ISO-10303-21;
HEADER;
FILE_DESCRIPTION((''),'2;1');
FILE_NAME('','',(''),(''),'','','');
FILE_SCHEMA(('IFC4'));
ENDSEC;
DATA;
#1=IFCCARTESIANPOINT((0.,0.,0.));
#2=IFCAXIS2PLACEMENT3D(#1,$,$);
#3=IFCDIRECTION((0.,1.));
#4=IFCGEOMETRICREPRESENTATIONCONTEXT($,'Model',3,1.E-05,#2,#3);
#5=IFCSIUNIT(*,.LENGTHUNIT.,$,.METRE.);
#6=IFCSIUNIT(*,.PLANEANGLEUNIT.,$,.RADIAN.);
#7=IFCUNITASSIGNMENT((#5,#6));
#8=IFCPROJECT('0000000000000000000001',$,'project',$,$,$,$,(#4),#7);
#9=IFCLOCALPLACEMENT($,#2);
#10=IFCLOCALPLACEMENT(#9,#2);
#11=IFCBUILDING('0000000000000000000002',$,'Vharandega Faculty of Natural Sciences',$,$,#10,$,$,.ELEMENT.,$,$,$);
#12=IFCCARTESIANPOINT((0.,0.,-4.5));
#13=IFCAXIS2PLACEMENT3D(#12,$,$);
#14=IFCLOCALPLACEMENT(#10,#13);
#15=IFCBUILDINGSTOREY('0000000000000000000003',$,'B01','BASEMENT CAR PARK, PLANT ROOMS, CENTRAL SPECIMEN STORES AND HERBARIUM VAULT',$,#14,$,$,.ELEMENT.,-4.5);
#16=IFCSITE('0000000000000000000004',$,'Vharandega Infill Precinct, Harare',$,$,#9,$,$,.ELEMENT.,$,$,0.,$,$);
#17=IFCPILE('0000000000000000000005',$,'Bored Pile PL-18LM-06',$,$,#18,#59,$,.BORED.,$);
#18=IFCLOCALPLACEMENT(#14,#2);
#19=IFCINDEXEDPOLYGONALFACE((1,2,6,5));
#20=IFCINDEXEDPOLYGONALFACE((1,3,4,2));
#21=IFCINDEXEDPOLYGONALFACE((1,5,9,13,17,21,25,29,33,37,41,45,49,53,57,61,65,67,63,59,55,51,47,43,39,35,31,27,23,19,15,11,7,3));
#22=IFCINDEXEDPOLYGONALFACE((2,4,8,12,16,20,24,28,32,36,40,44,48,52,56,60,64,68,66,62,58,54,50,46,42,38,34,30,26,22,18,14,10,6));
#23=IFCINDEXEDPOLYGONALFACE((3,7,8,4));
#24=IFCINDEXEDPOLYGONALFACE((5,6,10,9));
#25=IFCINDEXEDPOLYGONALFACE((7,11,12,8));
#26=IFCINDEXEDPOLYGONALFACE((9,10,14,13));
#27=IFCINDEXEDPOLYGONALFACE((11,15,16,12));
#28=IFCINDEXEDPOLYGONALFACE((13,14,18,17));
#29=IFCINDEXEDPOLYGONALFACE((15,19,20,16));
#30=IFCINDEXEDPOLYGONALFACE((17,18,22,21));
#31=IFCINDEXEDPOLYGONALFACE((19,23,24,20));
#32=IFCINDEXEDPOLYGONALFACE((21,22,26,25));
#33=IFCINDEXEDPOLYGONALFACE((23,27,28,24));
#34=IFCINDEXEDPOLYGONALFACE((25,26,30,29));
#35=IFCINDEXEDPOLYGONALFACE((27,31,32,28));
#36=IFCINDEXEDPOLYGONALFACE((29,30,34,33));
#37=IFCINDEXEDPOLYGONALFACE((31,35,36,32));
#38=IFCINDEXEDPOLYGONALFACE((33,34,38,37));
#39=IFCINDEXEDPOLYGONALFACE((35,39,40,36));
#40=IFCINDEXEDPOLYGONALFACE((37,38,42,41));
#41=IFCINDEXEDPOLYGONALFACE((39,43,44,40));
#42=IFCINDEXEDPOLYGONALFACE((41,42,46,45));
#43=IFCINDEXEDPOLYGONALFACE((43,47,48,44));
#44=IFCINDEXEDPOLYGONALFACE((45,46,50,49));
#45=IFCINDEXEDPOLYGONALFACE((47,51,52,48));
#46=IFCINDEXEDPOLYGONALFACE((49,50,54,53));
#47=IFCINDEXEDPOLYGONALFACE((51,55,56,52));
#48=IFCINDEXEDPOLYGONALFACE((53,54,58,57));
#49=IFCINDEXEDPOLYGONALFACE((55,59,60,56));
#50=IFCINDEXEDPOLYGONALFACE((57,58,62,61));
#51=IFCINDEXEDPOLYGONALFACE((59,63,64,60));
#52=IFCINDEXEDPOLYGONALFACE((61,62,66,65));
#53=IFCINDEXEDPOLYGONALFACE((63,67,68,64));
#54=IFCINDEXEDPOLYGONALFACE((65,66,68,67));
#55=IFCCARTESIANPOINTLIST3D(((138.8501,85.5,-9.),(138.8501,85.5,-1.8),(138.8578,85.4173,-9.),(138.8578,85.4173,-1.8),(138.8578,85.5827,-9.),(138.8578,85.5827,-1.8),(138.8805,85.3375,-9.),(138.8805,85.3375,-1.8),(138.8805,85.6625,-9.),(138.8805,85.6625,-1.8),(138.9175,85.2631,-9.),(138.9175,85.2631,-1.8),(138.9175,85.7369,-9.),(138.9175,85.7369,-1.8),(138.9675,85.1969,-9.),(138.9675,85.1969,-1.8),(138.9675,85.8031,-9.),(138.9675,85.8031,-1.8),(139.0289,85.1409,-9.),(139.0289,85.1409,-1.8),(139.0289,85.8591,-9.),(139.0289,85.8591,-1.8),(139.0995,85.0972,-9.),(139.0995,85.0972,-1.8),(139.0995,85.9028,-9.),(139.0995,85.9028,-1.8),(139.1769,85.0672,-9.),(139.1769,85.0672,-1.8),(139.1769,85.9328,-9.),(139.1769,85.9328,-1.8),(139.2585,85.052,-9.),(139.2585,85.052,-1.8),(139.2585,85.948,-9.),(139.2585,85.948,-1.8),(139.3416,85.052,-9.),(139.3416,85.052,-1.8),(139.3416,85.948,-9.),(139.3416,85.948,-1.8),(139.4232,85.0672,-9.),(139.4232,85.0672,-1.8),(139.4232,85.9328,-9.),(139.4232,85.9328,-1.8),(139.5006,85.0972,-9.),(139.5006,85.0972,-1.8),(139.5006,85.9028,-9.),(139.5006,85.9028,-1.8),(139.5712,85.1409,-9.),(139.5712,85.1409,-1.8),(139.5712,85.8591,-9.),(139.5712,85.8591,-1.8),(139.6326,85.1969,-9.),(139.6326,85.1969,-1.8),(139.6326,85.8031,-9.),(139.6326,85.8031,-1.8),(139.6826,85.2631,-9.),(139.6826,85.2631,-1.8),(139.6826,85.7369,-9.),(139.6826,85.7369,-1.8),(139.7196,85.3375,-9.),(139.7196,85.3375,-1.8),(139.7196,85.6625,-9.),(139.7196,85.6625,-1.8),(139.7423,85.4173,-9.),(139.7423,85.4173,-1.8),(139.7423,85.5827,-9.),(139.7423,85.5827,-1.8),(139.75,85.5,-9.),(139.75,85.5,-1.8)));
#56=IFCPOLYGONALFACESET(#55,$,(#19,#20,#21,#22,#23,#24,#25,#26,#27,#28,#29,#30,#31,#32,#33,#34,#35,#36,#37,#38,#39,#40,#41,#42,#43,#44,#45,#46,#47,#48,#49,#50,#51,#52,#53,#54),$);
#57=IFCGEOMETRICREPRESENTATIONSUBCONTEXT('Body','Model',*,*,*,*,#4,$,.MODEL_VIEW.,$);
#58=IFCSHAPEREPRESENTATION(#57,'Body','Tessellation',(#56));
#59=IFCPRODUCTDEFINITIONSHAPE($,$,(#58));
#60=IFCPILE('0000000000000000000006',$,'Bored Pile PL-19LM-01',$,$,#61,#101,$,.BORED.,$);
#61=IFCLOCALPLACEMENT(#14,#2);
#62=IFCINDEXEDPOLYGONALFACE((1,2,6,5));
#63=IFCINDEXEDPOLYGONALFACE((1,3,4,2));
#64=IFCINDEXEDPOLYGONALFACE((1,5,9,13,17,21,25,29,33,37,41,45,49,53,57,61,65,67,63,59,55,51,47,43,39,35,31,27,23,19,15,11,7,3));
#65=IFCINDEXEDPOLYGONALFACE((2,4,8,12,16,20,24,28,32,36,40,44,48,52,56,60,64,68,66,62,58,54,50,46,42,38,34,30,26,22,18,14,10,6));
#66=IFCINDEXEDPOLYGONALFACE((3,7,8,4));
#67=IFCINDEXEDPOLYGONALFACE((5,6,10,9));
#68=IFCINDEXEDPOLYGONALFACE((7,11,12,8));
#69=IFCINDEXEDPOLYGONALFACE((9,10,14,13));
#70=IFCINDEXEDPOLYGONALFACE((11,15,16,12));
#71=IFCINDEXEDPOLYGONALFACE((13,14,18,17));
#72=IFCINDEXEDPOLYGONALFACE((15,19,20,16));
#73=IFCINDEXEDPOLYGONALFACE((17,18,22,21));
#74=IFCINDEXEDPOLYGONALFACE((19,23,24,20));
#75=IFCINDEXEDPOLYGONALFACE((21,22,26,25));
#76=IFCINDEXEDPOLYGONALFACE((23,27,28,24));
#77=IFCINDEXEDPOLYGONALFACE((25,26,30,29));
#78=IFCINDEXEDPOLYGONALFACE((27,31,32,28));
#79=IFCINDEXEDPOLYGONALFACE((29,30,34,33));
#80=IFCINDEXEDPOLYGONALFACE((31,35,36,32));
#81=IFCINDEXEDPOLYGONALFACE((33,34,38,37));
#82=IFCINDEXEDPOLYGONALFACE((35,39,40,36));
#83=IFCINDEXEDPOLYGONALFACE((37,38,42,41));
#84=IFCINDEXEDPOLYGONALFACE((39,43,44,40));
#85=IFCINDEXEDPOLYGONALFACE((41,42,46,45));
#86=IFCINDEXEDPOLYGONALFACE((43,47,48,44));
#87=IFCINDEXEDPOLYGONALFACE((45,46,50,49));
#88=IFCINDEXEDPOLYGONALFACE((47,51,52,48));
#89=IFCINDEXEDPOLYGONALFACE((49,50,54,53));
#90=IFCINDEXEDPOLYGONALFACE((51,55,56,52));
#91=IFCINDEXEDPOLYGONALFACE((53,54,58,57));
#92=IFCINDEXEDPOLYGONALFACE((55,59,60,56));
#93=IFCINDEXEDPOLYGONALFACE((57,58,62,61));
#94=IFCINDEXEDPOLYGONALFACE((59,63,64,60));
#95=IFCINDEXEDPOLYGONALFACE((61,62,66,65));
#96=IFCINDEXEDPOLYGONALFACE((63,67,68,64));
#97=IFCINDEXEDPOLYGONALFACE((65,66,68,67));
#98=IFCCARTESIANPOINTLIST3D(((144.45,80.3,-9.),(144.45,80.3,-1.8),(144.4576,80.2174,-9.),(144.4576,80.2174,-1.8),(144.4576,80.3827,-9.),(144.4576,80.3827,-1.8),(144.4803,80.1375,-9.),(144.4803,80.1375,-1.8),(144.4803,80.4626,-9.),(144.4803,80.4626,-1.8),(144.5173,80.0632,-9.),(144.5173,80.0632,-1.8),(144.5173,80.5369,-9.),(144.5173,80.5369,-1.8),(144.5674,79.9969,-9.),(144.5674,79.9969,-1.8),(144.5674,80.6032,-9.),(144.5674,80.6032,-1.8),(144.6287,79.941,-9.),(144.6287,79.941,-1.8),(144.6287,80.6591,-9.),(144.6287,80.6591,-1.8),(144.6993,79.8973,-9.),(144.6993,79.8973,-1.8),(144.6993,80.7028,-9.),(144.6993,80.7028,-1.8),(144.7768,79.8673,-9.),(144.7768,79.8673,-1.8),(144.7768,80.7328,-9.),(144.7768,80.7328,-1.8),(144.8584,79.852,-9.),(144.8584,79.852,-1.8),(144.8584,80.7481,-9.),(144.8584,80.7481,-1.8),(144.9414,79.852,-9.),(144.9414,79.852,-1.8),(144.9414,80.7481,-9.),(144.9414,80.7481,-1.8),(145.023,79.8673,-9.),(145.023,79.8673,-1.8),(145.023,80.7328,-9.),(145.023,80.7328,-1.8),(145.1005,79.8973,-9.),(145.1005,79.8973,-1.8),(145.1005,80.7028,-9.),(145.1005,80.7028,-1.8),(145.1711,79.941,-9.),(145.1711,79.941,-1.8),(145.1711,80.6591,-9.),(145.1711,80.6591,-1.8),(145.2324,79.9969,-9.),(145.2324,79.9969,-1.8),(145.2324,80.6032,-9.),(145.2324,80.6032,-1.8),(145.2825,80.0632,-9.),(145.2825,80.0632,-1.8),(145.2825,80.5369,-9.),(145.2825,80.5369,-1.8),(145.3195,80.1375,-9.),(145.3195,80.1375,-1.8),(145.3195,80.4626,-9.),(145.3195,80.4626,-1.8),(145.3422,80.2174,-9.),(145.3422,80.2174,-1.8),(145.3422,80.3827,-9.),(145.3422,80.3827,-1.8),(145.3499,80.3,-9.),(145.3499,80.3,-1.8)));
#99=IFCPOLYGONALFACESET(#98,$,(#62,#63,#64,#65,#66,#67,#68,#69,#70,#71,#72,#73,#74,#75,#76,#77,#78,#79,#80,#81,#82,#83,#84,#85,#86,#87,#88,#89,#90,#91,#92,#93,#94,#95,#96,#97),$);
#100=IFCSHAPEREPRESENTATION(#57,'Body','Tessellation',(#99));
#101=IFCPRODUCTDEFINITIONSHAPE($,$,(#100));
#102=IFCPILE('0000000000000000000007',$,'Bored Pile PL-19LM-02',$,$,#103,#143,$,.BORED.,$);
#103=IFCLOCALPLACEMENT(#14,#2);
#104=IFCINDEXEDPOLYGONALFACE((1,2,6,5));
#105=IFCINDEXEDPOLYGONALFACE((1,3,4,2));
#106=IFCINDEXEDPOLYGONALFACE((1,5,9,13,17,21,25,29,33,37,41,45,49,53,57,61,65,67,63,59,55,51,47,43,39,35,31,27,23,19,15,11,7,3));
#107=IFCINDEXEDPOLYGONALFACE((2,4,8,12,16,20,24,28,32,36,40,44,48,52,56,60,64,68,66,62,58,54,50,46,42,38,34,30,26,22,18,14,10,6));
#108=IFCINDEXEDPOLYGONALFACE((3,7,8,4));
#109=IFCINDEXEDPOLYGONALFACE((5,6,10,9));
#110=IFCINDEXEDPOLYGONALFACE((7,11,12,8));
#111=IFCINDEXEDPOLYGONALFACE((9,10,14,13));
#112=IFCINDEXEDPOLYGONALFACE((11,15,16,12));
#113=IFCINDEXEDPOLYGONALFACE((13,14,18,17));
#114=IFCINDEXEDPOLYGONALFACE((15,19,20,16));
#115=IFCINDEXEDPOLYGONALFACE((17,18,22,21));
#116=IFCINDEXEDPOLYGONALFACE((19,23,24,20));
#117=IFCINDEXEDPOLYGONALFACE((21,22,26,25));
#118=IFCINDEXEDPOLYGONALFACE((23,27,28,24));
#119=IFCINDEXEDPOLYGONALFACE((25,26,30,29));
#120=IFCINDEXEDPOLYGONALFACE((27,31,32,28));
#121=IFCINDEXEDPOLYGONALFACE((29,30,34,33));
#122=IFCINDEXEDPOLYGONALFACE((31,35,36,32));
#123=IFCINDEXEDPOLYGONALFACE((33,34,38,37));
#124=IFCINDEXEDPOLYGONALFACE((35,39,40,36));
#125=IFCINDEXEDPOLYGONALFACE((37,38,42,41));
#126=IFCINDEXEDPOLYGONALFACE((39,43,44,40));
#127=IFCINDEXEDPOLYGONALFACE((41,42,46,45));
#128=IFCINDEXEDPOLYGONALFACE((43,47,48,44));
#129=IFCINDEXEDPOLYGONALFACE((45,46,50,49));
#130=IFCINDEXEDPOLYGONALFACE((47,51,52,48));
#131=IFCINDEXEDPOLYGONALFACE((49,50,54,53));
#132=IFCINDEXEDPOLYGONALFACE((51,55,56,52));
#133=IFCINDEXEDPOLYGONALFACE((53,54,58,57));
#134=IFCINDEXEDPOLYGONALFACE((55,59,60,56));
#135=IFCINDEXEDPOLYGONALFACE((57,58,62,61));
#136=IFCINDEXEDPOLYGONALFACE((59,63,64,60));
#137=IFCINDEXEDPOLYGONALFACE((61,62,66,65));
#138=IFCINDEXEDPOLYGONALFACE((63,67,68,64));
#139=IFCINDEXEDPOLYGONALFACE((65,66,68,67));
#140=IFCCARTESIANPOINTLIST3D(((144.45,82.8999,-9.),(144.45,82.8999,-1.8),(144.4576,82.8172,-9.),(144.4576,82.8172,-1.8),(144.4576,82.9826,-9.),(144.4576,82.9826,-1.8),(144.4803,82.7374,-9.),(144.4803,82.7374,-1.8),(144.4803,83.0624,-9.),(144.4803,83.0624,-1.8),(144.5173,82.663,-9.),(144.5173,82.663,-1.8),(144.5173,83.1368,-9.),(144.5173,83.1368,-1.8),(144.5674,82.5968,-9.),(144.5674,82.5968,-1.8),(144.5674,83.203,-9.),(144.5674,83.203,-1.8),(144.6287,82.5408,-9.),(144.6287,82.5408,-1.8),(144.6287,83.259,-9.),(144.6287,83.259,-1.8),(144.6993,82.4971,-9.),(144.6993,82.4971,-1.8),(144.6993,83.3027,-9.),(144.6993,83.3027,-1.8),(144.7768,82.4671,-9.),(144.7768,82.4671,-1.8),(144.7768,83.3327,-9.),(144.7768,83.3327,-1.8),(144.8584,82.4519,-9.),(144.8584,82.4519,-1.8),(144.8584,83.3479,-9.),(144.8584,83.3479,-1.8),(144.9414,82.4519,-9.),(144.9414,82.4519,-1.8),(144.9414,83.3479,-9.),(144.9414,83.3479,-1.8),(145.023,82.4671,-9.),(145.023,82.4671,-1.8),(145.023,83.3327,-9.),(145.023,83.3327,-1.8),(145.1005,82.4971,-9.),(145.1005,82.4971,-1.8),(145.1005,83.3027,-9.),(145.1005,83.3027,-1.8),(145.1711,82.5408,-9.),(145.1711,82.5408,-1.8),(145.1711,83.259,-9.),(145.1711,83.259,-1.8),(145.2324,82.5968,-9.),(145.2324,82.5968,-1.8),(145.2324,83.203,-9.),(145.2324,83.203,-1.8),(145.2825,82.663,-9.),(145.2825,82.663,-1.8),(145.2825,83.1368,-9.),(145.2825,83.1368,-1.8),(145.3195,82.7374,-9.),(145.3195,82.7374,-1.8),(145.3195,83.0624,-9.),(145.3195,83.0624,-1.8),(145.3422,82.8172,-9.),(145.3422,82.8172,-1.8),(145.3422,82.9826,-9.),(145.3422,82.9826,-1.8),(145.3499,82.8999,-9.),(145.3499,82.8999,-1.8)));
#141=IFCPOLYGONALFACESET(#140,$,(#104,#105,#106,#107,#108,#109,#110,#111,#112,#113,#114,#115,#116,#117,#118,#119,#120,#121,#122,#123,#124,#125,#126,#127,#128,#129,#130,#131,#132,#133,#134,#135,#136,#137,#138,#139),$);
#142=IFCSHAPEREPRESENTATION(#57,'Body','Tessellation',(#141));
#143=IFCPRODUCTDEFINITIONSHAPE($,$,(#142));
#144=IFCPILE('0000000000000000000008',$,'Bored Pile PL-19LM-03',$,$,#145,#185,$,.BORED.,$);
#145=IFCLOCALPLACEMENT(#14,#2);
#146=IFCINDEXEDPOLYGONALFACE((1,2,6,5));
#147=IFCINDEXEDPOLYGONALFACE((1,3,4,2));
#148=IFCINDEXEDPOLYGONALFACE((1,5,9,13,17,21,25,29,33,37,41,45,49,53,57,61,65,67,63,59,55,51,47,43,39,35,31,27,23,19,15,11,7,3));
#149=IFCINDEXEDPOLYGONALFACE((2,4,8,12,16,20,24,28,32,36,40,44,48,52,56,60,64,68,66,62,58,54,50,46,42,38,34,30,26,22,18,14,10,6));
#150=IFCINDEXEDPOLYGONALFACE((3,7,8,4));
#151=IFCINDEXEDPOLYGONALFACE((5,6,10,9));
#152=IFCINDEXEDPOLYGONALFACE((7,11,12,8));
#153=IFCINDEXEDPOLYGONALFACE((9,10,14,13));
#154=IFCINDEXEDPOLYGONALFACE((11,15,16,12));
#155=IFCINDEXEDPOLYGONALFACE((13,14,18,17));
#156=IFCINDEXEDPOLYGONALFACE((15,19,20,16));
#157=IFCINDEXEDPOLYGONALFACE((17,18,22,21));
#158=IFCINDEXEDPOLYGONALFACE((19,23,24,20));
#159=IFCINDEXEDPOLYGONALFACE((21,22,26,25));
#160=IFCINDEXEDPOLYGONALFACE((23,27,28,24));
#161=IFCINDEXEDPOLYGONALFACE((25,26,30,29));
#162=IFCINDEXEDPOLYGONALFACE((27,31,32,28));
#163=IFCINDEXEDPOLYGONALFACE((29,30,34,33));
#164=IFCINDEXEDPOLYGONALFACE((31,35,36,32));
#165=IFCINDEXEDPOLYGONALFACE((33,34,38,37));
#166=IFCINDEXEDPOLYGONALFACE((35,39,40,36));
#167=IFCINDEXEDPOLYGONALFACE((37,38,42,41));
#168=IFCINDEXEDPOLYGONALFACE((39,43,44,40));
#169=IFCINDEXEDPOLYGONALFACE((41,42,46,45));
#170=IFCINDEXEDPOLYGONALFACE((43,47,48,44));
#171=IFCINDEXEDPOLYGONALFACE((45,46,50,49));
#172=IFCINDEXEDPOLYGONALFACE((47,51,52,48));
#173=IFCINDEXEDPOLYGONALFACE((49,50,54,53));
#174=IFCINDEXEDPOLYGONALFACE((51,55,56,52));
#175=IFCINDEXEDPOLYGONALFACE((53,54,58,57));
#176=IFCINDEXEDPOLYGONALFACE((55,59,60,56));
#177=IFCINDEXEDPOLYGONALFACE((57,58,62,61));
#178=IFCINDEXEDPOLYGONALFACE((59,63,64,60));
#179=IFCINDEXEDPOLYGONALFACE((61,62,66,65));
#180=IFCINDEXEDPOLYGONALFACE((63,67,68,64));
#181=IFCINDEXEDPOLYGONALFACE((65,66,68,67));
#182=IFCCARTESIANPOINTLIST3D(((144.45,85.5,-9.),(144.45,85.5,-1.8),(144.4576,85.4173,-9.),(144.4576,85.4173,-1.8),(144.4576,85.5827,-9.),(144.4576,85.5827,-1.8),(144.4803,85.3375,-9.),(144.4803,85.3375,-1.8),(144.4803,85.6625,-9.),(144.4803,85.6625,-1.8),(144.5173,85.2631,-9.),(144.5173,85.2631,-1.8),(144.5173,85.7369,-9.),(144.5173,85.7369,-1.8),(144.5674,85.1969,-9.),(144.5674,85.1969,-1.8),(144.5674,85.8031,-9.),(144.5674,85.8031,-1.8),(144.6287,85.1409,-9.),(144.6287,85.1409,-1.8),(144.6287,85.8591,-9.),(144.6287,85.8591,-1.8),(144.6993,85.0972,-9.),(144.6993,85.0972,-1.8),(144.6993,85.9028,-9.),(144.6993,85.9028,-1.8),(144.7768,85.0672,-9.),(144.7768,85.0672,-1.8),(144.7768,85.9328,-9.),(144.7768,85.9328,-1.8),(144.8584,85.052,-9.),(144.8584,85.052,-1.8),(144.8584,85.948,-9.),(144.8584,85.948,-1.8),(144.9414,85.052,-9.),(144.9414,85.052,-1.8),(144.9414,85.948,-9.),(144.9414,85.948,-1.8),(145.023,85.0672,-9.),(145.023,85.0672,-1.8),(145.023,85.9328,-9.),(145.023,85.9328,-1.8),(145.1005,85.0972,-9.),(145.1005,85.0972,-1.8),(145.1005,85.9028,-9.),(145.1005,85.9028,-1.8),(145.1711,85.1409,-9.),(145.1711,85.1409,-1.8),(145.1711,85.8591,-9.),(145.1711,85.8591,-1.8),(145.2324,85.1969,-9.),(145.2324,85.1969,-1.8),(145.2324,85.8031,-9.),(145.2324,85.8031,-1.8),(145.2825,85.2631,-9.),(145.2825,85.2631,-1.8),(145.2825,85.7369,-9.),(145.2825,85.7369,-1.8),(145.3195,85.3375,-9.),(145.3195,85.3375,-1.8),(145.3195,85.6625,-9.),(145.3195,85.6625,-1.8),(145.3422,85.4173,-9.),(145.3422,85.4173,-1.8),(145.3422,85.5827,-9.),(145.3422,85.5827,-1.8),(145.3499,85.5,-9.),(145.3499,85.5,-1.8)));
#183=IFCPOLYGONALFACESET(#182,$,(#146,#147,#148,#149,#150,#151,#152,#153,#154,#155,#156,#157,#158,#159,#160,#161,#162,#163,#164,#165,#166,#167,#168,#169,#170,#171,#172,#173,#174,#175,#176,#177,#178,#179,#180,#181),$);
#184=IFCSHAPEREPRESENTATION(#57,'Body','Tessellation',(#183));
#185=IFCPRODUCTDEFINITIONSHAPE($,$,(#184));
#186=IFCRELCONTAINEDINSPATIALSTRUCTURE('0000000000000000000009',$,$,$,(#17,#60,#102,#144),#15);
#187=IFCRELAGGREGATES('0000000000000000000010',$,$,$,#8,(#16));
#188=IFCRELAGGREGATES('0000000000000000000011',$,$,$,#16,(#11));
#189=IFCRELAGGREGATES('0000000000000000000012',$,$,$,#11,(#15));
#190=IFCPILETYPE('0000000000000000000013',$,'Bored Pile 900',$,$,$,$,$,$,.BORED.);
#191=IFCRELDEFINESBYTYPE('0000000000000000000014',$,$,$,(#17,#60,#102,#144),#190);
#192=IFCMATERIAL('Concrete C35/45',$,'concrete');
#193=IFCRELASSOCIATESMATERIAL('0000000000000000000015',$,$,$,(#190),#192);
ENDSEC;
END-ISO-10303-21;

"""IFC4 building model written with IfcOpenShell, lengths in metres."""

from ifc_helpers import new_model, si_unit, direction, frame, origin, origin_2d, place, context, subcontext, project, spatial, circle, extrude, material, material_profile, profile_set, type_object, element, save


model = new_model("IFC4")

# Units and contexts
model_context = context("Model", 3, precision=1e-05, world=origin(), true_north=direction((0.0, 1.0)))
body_context = subcontext(model_context, "Body", "Model", "MODEL_VIEW")
ifc_project = project(units=[si_unit("LENGTHUNIT", "METRE"), si_unit("PLANEANGLEUNIT", "RADIAN")], contexts=[model_context])

# Site, building, storey
site_placement = place(None, origin())
site = spatial("IfcSite", under=ifc_project, at=site_placement, Name="Vharandega Infill Precinct, Harare", CompositionType="ELEMENT", RefElevation=0.0)
building_placement = place(site_placement, origin())
building = spatial("IfcBuilding", under=site, at=building_placement, Name="Vharandega Faculty of Natural Sciences", CompositionType="ELEMENT")
storey_placement = place(building_placement, frame((0.0, 0.0, -4.5)))
storey = spatial("IfcBuildingStorey", under=building, at=storey_placement, Name="B01", Description="BASEMENT CAR PARK, PLANT ROOMS, CENTRAL SPECIMEN STORES AND HERBARIUM VAULT", CompositionType="ELEMENT", Elevation=-4.5)

# Piles
ifc_material_1 = material(Name="Concrete C35/45", Category="concrete")
ifc_material_profile_1 = material_profile(ifc_material_1, circle(Radius=0.45, at=origin_2d()), Name="PILE 900")
ifc_profile_set_1 = profile_set([ifc_material_profile_1], Name="Concrete C35/45")
pile_type = type_object("IfcPileType", Name="Bored Pile 900", PredefinedType="BORED", material=ifc_profile_set_1)
for number, where, z_axis, x_axis, name in (
    (1, (139.3, 85.5, -1.8), (0.0, 0.0, -1.0), (1.0, 0.0, 0.0), "Bored Pile PL-18LM-06"),
    (2, (144.8999, 80.3, -1.8), (0.0, 0.0, -1.0), (1.0, 0.0, 0.0), "Bored Pile PL-19LM-01"),
    (3, (144.8999, 82.8999, -1.8), (0.0, 0.0, -1.0), (1.0, 0.0, 0.0), "Bored Pile PL-19LM-02"),
    (4, (144.8999, 85.5, -1.8), (0.0, 0.0, -1.0), (1.0, 0.0, 0.0), "Bored Pile PL-19LM-03"),
):
    element("IfcPile", number, at=place(storey_placement, frame(where, z_axis=z_axis, x_axis=x_axis)), inside=storey, type_object=pile_type, Name=name, PredefinedType="BORED", context=body_context, shape_type="SweptSolid", body=[
        extrude(circle(Radius=0.45, at=origin_2d()), origin(), (0.0, 0.0, 1.0), 7.2),
    ])

save(model, "model.ifc")
